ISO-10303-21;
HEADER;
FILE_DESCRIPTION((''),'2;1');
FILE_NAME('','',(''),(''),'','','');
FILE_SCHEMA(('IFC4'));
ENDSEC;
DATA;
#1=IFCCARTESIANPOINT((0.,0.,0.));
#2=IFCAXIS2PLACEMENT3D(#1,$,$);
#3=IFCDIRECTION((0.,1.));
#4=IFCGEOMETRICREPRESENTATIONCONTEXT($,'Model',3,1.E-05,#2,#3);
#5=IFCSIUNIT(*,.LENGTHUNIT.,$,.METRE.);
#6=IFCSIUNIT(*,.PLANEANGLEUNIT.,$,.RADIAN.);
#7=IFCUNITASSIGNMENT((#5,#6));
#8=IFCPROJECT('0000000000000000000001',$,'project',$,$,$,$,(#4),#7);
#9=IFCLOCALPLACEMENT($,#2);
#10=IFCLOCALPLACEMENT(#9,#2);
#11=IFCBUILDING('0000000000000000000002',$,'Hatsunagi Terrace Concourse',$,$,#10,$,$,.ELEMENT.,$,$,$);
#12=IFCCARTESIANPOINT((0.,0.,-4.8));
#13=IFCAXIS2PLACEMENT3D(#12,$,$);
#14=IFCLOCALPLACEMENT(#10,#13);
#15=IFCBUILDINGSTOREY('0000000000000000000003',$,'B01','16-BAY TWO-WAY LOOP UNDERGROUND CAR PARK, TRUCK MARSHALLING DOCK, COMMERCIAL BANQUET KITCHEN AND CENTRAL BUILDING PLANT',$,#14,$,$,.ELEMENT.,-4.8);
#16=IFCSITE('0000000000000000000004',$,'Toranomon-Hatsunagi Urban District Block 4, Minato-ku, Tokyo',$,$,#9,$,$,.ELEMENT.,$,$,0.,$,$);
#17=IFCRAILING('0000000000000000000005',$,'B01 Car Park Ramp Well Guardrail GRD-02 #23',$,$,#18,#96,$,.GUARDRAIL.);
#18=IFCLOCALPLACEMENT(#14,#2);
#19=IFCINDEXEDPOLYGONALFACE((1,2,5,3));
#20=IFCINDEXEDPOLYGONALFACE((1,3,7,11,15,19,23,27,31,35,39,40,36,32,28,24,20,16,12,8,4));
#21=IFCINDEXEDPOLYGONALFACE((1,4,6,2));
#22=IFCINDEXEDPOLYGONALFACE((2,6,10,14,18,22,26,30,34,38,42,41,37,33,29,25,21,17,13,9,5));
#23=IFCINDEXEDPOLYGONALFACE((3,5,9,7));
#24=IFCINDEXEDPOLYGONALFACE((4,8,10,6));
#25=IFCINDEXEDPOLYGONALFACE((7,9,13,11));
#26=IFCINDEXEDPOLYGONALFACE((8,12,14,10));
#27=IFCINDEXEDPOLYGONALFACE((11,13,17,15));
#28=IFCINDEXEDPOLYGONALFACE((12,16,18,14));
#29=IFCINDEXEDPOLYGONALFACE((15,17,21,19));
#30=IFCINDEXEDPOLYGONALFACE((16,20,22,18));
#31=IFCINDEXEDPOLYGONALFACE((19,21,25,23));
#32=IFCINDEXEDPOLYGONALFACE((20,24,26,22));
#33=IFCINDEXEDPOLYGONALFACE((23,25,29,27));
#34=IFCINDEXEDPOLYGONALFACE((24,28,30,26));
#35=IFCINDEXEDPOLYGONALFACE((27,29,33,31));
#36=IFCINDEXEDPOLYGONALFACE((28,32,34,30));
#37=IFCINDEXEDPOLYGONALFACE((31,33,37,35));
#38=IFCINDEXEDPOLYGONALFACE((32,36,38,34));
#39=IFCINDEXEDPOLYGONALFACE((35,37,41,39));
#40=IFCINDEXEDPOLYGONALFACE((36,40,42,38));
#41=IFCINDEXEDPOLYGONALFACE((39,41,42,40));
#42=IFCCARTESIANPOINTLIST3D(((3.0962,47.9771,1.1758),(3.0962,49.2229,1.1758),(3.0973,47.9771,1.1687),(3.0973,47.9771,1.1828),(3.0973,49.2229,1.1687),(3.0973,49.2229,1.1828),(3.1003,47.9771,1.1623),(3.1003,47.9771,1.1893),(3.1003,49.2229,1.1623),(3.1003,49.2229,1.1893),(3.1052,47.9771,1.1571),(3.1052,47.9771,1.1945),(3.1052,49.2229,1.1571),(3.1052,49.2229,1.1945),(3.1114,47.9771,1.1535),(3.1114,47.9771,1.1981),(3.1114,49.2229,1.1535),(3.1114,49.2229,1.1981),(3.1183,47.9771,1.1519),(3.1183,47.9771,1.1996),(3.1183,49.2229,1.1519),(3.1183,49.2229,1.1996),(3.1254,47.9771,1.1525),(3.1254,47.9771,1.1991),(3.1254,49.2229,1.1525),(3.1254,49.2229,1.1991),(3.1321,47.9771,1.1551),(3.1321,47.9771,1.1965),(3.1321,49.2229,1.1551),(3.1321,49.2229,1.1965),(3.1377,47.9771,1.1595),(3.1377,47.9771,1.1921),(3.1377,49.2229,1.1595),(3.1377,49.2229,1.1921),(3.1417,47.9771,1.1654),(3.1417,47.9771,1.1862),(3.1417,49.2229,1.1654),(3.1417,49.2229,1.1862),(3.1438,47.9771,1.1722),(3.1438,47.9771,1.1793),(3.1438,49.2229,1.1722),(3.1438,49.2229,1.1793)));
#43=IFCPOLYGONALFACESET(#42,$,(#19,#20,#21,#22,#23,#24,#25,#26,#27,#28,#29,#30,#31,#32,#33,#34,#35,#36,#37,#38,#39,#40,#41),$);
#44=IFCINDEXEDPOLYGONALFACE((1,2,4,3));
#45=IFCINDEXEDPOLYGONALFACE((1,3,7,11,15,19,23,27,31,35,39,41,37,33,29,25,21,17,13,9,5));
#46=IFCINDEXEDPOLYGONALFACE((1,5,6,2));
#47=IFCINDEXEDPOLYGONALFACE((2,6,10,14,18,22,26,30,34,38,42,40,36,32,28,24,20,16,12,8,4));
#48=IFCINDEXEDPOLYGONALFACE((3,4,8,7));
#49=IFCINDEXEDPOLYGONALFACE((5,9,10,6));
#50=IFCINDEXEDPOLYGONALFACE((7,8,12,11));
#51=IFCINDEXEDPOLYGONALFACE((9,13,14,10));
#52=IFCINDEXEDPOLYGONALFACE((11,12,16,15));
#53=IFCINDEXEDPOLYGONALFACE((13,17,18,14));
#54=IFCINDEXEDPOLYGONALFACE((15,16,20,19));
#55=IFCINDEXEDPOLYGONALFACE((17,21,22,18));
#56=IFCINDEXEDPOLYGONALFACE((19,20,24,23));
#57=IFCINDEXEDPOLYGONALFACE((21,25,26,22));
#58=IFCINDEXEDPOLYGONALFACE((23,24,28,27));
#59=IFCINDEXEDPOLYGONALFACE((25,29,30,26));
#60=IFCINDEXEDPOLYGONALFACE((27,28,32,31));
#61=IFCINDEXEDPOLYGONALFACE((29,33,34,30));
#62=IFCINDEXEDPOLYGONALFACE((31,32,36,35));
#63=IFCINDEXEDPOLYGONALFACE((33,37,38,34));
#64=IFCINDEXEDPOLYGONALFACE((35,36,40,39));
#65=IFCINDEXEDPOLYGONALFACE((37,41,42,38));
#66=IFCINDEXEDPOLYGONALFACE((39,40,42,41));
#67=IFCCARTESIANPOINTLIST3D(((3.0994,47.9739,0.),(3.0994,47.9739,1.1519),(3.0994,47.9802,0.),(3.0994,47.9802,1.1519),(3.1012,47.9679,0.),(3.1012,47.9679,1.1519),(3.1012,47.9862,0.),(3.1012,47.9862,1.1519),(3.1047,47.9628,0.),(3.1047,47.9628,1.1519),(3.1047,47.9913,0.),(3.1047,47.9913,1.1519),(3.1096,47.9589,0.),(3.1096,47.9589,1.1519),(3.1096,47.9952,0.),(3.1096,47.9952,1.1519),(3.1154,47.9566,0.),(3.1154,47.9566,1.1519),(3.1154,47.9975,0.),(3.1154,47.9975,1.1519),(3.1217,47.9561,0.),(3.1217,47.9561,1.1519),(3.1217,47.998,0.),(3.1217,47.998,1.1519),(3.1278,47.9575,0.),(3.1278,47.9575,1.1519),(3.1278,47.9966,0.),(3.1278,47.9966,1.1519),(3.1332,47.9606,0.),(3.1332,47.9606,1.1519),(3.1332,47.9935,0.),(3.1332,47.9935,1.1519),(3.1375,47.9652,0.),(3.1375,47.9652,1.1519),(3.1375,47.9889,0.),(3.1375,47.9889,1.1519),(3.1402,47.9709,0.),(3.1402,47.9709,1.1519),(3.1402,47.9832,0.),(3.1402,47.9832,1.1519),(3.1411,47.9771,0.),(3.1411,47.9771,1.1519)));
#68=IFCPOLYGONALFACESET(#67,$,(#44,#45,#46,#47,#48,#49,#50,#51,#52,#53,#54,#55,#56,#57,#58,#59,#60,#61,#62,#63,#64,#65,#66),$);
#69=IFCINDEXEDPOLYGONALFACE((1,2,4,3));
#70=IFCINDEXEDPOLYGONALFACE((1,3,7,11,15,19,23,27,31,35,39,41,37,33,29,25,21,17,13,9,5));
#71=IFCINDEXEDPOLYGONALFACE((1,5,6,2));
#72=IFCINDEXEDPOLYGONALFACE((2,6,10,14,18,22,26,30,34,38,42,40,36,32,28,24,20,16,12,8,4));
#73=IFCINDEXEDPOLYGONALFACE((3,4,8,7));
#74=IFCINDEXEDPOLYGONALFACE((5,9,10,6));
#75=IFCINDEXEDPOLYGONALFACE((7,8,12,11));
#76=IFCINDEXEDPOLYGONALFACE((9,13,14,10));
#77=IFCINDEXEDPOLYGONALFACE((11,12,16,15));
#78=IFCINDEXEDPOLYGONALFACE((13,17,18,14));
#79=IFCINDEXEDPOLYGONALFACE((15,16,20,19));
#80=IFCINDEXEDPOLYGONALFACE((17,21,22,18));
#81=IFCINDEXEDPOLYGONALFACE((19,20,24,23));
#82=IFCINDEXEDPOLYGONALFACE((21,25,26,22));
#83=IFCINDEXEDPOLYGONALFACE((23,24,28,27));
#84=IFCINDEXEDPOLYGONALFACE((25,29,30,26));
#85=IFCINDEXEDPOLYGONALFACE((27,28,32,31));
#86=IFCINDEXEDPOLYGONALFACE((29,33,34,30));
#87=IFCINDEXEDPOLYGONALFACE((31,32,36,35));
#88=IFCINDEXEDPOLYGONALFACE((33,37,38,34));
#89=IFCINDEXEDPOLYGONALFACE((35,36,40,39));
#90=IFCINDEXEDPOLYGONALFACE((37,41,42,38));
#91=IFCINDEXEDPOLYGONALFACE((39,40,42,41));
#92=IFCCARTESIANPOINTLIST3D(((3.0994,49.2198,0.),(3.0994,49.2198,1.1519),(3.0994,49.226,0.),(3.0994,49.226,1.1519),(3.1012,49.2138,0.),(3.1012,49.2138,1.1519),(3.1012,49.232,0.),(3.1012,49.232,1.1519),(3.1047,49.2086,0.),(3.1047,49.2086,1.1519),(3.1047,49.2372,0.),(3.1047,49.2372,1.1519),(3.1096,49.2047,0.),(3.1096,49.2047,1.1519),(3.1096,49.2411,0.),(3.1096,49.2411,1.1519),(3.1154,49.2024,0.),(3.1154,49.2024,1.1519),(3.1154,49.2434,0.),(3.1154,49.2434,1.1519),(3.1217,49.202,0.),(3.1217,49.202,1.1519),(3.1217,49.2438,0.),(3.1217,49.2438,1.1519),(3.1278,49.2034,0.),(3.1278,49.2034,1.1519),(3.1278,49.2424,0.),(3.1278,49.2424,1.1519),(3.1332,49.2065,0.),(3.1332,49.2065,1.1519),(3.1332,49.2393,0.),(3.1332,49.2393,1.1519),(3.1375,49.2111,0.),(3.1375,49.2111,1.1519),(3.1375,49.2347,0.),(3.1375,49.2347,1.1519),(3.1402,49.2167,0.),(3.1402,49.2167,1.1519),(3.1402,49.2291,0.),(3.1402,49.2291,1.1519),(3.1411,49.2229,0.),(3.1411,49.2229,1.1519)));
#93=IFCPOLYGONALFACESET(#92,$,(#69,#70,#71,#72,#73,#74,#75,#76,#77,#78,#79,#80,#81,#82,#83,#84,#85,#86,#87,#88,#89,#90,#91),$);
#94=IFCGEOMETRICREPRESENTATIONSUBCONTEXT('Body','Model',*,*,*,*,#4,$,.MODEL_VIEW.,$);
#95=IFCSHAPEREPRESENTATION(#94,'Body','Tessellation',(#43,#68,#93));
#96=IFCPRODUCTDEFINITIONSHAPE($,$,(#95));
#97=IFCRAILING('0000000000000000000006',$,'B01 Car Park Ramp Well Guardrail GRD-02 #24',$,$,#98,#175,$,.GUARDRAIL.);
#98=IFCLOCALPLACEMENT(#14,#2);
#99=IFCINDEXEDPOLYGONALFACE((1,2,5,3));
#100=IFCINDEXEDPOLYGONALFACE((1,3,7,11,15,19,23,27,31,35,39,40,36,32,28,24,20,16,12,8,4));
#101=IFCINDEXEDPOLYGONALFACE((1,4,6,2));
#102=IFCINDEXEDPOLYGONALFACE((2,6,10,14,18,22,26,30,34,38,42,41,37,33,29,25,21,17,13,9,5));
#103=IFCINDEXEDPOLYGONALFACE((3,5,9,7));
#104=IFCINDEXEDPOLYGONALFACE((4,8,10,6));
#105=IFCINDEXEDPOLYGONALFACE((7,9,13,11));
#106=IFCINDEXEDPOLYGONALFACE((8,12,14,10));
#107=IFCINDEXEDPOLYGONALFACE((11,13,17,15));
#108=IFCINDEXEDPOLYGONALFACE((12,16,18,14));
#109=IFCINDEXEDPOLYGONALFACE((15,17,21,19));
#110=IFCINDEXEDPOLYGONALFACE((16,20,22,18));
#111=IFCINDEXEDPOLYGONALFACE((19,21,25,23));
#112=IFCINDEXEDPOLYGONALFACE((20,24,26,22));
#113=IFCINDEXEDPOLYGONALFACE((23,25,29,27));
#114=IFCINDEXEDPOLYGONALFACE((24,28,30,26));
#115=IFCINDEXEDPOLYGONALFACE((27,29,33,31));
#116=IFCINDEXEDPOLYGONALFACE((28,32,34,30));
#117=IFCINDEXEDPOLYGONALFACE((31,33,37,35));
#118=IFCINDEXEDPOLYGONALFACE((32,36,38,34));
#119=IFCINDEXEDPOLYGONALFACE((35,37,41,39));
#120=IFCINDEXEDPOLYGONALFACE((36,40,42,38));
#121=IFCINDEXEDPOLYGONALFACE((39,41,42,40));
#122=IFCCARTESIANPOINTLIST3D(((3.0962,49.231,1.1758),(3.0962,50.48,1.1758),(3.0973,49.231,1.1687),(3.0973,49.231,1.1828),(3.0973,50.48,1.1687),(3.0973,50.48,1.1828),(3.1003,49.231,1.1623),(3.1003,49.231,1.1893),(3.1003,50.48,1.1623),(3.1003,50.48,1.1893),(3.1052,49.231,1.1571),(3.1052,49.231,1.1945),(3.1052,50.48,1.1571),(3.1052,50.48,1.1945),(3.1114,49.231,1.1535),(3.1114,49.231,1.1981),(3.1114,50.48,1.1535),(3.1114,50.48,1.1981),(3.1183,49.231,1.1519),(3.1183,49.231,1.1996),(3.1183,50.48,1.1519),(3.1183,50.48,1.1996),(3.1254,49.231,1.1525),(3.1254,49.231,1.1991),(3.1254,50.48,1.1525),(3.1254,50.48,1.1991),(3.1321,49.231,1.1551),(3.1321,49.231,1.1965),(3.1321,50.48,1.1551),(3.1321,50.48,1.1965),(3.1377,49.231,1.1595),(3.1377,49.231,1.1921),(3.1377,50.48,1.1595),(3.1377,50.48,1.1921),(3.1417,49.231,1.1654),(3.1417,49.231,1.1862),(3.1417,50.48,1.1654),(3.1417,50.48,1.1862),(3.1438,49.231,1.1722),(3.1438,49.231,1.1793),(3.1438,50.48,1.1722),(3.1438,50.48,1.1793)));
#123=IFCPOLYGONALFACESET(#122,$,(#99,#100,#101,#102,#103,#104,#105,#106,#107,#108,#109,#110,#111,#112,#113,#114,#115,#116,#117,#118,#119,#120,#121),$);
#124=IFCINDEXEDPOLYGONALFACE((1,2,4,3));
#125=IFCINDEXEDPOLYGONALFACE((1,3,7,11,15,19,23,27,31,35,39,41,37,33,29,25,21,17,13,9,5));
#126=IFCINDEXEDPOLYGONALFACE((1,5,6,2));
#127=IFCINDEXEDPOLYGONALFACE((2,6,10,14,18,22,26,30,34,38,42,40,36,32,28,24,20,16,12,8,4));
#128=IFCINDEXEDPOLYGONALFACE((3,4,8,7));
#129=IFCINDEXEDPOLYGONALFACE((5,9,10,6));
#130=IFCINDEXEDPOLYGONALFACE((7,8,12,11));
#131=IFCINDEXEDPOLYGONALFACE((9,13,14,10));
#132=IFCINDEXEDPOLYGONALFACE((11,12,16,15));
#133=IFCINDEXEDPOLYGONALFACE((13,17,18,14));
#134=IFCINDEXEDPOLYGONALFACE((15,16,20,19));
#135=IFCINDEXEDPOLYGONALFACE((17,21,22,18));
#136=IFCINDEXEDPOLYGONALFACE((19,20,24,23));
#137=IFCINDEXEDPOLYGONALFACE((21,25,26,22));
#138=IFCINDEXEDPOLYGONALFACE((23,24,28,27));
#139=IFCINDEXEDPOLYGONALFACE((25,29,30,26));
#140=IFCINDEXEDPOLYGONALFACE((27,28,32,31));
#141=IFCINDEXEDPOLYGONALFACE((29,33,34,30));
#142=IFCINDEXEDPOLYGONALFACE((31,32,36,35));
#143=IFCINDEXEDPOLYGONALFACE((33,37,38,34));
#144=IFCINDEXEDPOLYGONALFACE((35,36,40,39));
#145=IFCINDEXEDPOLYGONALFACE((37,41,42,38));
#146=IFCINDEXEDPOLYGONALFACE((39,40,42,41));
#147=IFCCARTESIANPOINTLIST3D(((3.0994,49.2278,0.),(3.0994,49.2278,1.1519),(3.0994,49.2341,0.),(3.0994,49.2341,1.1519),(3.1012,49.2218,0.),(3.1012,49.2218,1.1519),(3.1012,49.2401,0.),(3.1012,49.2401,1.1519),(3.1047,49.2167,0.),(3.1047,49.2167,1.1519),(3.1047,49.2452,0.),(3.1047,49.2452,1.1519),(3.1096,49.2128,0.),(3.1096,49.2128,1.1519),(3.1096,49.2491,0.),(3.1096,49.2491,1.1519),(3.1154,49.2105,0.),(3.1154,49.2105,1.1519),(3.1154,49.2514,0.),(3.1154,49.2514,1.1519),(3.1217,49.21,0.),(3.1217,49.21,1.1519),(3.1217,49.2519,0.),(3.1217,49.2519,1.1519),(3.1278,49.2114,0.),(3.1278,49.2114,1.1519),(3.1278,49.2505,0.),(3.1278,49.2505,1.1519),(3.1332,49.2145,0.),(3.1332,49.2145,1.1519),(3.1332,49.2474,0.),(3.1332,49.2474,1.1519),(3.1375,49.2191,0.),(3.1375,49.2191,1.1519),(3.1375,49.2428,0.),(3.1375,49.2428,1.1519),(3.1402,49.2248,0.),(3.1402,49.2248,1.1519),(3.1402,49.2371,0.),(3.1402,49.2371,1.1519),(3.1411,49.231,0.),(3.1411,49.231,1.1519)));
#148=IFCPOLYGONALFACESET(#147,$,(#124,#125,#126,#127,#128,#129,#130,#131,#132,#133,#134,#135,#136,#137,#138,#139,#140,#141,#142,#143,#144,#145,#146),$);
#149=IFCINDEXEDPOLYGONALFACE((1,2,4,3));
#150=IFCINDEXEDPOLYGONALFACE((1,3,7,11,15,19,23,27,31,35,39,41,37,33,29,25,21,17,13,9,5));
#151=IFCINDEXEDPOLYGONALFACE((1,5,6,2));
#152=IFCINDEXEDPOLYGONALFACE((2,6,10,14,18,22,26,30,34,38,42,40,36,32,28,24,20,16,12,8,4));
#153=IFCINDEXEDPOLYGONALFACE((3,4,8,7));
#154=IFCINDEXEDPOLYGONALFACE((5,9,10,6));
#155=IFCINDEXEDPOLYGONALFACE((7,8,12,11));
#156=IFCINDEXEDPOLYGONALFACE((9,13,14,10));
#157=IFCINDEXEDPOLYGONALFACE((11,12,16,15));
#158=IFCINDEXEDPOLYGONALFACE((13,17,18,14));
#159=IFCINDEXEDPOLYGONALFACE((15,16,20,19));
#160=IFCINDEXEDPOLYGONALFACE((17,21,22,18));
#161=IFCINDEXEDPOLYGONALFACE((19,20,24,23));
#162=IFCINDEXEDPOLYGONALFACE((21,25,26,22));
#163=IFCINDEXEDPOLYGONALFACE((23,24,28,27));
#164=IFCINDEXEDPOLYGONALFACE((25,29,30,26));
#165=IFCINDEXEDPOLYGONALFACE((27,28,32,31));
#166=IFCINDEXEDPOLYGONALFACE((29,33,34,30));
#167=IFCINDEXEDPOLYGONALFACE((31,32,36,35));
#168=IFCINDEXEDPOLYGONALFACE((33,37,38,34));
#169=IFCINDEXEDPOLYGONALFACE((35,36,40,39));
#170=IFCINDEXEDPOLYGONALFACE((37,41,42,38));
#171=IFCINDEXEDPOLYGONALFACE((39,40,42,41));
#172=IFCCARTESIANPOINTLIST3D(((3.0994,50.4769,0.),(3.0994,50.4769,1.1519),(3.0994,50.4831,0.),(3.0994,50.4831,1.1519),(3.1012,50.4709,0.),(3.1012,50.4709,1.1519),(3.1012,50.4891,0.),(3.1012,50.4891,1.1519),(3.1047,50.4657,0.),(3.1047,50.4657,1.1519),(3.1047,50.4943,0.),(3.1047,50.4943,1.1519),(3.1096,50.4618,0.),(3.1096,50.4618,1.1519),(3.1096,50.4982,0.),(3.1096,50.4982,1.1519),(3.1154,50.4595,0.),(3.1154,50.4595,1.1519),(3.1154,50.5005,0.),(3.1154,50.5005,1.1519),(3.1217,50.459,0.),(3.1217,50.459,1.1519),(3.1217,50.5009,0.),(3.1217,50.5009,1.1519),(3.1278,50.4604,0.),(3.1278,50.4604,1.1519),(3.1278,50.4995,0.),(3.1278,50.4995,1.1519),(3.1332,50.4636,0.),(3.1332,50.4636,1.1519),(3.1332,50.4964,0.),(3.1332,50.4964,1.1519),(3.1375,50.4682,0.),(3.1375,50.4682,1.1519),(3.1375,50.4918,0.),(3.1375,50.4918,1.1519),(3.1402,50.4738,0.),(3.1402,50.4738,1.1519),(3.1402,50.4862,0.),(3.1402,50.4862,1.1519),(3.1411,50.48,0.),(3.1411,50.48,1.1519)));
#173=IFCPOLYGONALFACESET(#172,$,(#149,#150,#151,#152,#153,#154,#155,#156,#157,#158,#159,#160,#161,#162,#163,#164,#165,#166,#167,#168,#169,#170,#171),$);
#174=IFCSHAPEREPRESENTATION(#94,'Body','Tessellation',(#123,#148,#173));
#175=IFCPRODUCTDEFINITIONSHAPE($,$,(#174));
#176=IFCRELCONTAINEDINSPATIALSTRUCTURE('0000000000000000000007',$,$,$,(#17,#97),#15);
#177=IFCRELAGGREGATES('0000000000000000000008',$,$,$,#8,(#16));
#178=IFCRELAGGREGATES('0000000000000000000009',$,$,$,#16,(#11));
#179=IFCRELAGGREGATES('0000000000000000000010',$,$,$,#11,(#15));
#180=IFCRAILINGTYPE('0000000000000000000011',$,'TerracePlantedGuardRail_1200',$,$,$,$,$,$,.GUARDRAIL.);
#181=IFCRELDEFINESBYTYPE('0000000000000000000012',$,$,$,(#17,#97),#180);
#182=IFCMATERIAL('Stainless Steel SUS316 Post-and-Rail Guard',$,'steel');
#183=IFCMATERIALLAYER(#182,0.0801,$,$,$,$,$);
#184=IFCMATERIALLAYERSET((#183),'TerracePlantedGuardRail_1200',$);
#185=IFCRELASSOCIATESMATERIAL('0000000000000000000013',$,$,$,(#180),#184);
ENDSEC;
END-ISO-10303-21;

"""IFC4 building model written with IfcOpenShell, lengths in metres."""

from ifc_helpers import new_model, si_unit, direction, frame, origin, origin_2d, place, context, subcontext, project, spatial, circle, extrude, material, layer, layer_set, type_object, element, save


model = new_model("IFC4")

# Units and contexts
model_context = context("Model", 3, precision=1e-05, world=origin(), true_north=direction((0.0, 1.0)))
body_context = subcontext(model_context, "Body", "Model", "MODEL_VIEW")
ifc_project = project(units=[si_unit("LENGTHUNIT", "METRE"), si_unit("PLANEANGLEUNIT", "RADIAN")], contexts=[model_context])

# Site, building, storey
site_placement = place(None, origin())
site = spatial("IfcSite", under=ifc_project, at=site_placement, Name="Toranomon-Hatsunagi Urban District Block 4, Minato-ku, Tokyo", CompositionType="ELEMENT", RefElevation=0.0)
building_placement = place(site_placement, origin())
building = spatial("IfcBuilding", under=site, at=building_placement, Name="Hatsunagi Terrace Concourse", CompositionType="ELEMENT")
storey_placement = place(building_placement, frame((0.0, 0.0, -4.8)))
storey = spatial("IfcBuildingStorey", under=building, at=storey_placement, Name="B01", Description="16-BAY TWO-WAY LOOP UNDERGROUND CAR PARK, TRUCK MARSHALLING DOCK, COMMERCIAL BANQUET KITCHEN AND CENTRAL BUILDING PLANT", CompositionType="ELEMENT", Elevation=-4.8)

# Railings
ifc_material_1 = material(Name="Stainless Steel SUS316 Post-and-Rail Guard", Category="steel")
ifc_layer_1 = layer(ifc_material_1, 0.0801)
ifc_layer_set_1 = layer_set([ifc_layer_1], Name="TerracePlantedGuardRail_1200")
railing_type = type_object("IfcRailingType", Name="TerracePlantedGuardRail_1200", PredefinedType="GUARDRAIL", material=ifc_layer_set_1)
railing_1_placement = place(storey_placement, frame((3.1201, 47.9771, 0.0)))
element("IfcRailing", 1, at=railing_1_placement, inside=storey, type_object=railing_type, Name="B01 Car Park Ramp Well Guardrail GRD-02 #23", PredefinedType="GUARDRAIL", context=body_context, shape_type="SweptSolid", body=[
    extrude(circle(Radius=0.0239, at=origin_2d()), frame((0.0, 0.0, 1.1758), z_axis=(0.0, 1.0, 0.0), x_axis=(-1.0, 0.0, 0.0)), (0.0, 0.0, 1.0), 1.2458),
    extrude(circle(Radius=0.021, at=origin_2d()), origin(), (0.0, 0.0, 1.0), 1.1519),
    extrude(circle(Radius=0.021, at=origin_2d()), frame((0.0, 1.2458, 0.0)), (0.0, 0.0, 1.0), 1.1519),
])
railing_2_placement = place(storey_placement, frame((3.1201, 49.231, 0.0)))
element("IfcRailing", 2, at=railing_2_placement, inside=storey, type_object=railing_type, Name="B01 Car Park Ramp Well Guardrail GRD-02 #24", PredefinedType="GUARDRAIL", context=body_context, shape_type="SweptSolid", body=[
    extrude(circle(Radius=0.0239, at=origin_2d()), frame((0.0, 0.0, 1.1758), z_axis=(0.0, 1.0, 0.0), x_axis=(-1.0, 0.0, 0.0)), (0.0, 0.0, 1.0), 1.249),
    extrude(circle(Radius=0.021, at=origin_2d()), origin(), (0.0, 0.0, 1.0), 1.1519),
    extrude(circle(Radius=0.021, at=origin_2d()), frame((0.0, 1.249, 0.0)), (0.0, 0.0, 1.0), 1.1519),
])

save(model, "model.ifc")
